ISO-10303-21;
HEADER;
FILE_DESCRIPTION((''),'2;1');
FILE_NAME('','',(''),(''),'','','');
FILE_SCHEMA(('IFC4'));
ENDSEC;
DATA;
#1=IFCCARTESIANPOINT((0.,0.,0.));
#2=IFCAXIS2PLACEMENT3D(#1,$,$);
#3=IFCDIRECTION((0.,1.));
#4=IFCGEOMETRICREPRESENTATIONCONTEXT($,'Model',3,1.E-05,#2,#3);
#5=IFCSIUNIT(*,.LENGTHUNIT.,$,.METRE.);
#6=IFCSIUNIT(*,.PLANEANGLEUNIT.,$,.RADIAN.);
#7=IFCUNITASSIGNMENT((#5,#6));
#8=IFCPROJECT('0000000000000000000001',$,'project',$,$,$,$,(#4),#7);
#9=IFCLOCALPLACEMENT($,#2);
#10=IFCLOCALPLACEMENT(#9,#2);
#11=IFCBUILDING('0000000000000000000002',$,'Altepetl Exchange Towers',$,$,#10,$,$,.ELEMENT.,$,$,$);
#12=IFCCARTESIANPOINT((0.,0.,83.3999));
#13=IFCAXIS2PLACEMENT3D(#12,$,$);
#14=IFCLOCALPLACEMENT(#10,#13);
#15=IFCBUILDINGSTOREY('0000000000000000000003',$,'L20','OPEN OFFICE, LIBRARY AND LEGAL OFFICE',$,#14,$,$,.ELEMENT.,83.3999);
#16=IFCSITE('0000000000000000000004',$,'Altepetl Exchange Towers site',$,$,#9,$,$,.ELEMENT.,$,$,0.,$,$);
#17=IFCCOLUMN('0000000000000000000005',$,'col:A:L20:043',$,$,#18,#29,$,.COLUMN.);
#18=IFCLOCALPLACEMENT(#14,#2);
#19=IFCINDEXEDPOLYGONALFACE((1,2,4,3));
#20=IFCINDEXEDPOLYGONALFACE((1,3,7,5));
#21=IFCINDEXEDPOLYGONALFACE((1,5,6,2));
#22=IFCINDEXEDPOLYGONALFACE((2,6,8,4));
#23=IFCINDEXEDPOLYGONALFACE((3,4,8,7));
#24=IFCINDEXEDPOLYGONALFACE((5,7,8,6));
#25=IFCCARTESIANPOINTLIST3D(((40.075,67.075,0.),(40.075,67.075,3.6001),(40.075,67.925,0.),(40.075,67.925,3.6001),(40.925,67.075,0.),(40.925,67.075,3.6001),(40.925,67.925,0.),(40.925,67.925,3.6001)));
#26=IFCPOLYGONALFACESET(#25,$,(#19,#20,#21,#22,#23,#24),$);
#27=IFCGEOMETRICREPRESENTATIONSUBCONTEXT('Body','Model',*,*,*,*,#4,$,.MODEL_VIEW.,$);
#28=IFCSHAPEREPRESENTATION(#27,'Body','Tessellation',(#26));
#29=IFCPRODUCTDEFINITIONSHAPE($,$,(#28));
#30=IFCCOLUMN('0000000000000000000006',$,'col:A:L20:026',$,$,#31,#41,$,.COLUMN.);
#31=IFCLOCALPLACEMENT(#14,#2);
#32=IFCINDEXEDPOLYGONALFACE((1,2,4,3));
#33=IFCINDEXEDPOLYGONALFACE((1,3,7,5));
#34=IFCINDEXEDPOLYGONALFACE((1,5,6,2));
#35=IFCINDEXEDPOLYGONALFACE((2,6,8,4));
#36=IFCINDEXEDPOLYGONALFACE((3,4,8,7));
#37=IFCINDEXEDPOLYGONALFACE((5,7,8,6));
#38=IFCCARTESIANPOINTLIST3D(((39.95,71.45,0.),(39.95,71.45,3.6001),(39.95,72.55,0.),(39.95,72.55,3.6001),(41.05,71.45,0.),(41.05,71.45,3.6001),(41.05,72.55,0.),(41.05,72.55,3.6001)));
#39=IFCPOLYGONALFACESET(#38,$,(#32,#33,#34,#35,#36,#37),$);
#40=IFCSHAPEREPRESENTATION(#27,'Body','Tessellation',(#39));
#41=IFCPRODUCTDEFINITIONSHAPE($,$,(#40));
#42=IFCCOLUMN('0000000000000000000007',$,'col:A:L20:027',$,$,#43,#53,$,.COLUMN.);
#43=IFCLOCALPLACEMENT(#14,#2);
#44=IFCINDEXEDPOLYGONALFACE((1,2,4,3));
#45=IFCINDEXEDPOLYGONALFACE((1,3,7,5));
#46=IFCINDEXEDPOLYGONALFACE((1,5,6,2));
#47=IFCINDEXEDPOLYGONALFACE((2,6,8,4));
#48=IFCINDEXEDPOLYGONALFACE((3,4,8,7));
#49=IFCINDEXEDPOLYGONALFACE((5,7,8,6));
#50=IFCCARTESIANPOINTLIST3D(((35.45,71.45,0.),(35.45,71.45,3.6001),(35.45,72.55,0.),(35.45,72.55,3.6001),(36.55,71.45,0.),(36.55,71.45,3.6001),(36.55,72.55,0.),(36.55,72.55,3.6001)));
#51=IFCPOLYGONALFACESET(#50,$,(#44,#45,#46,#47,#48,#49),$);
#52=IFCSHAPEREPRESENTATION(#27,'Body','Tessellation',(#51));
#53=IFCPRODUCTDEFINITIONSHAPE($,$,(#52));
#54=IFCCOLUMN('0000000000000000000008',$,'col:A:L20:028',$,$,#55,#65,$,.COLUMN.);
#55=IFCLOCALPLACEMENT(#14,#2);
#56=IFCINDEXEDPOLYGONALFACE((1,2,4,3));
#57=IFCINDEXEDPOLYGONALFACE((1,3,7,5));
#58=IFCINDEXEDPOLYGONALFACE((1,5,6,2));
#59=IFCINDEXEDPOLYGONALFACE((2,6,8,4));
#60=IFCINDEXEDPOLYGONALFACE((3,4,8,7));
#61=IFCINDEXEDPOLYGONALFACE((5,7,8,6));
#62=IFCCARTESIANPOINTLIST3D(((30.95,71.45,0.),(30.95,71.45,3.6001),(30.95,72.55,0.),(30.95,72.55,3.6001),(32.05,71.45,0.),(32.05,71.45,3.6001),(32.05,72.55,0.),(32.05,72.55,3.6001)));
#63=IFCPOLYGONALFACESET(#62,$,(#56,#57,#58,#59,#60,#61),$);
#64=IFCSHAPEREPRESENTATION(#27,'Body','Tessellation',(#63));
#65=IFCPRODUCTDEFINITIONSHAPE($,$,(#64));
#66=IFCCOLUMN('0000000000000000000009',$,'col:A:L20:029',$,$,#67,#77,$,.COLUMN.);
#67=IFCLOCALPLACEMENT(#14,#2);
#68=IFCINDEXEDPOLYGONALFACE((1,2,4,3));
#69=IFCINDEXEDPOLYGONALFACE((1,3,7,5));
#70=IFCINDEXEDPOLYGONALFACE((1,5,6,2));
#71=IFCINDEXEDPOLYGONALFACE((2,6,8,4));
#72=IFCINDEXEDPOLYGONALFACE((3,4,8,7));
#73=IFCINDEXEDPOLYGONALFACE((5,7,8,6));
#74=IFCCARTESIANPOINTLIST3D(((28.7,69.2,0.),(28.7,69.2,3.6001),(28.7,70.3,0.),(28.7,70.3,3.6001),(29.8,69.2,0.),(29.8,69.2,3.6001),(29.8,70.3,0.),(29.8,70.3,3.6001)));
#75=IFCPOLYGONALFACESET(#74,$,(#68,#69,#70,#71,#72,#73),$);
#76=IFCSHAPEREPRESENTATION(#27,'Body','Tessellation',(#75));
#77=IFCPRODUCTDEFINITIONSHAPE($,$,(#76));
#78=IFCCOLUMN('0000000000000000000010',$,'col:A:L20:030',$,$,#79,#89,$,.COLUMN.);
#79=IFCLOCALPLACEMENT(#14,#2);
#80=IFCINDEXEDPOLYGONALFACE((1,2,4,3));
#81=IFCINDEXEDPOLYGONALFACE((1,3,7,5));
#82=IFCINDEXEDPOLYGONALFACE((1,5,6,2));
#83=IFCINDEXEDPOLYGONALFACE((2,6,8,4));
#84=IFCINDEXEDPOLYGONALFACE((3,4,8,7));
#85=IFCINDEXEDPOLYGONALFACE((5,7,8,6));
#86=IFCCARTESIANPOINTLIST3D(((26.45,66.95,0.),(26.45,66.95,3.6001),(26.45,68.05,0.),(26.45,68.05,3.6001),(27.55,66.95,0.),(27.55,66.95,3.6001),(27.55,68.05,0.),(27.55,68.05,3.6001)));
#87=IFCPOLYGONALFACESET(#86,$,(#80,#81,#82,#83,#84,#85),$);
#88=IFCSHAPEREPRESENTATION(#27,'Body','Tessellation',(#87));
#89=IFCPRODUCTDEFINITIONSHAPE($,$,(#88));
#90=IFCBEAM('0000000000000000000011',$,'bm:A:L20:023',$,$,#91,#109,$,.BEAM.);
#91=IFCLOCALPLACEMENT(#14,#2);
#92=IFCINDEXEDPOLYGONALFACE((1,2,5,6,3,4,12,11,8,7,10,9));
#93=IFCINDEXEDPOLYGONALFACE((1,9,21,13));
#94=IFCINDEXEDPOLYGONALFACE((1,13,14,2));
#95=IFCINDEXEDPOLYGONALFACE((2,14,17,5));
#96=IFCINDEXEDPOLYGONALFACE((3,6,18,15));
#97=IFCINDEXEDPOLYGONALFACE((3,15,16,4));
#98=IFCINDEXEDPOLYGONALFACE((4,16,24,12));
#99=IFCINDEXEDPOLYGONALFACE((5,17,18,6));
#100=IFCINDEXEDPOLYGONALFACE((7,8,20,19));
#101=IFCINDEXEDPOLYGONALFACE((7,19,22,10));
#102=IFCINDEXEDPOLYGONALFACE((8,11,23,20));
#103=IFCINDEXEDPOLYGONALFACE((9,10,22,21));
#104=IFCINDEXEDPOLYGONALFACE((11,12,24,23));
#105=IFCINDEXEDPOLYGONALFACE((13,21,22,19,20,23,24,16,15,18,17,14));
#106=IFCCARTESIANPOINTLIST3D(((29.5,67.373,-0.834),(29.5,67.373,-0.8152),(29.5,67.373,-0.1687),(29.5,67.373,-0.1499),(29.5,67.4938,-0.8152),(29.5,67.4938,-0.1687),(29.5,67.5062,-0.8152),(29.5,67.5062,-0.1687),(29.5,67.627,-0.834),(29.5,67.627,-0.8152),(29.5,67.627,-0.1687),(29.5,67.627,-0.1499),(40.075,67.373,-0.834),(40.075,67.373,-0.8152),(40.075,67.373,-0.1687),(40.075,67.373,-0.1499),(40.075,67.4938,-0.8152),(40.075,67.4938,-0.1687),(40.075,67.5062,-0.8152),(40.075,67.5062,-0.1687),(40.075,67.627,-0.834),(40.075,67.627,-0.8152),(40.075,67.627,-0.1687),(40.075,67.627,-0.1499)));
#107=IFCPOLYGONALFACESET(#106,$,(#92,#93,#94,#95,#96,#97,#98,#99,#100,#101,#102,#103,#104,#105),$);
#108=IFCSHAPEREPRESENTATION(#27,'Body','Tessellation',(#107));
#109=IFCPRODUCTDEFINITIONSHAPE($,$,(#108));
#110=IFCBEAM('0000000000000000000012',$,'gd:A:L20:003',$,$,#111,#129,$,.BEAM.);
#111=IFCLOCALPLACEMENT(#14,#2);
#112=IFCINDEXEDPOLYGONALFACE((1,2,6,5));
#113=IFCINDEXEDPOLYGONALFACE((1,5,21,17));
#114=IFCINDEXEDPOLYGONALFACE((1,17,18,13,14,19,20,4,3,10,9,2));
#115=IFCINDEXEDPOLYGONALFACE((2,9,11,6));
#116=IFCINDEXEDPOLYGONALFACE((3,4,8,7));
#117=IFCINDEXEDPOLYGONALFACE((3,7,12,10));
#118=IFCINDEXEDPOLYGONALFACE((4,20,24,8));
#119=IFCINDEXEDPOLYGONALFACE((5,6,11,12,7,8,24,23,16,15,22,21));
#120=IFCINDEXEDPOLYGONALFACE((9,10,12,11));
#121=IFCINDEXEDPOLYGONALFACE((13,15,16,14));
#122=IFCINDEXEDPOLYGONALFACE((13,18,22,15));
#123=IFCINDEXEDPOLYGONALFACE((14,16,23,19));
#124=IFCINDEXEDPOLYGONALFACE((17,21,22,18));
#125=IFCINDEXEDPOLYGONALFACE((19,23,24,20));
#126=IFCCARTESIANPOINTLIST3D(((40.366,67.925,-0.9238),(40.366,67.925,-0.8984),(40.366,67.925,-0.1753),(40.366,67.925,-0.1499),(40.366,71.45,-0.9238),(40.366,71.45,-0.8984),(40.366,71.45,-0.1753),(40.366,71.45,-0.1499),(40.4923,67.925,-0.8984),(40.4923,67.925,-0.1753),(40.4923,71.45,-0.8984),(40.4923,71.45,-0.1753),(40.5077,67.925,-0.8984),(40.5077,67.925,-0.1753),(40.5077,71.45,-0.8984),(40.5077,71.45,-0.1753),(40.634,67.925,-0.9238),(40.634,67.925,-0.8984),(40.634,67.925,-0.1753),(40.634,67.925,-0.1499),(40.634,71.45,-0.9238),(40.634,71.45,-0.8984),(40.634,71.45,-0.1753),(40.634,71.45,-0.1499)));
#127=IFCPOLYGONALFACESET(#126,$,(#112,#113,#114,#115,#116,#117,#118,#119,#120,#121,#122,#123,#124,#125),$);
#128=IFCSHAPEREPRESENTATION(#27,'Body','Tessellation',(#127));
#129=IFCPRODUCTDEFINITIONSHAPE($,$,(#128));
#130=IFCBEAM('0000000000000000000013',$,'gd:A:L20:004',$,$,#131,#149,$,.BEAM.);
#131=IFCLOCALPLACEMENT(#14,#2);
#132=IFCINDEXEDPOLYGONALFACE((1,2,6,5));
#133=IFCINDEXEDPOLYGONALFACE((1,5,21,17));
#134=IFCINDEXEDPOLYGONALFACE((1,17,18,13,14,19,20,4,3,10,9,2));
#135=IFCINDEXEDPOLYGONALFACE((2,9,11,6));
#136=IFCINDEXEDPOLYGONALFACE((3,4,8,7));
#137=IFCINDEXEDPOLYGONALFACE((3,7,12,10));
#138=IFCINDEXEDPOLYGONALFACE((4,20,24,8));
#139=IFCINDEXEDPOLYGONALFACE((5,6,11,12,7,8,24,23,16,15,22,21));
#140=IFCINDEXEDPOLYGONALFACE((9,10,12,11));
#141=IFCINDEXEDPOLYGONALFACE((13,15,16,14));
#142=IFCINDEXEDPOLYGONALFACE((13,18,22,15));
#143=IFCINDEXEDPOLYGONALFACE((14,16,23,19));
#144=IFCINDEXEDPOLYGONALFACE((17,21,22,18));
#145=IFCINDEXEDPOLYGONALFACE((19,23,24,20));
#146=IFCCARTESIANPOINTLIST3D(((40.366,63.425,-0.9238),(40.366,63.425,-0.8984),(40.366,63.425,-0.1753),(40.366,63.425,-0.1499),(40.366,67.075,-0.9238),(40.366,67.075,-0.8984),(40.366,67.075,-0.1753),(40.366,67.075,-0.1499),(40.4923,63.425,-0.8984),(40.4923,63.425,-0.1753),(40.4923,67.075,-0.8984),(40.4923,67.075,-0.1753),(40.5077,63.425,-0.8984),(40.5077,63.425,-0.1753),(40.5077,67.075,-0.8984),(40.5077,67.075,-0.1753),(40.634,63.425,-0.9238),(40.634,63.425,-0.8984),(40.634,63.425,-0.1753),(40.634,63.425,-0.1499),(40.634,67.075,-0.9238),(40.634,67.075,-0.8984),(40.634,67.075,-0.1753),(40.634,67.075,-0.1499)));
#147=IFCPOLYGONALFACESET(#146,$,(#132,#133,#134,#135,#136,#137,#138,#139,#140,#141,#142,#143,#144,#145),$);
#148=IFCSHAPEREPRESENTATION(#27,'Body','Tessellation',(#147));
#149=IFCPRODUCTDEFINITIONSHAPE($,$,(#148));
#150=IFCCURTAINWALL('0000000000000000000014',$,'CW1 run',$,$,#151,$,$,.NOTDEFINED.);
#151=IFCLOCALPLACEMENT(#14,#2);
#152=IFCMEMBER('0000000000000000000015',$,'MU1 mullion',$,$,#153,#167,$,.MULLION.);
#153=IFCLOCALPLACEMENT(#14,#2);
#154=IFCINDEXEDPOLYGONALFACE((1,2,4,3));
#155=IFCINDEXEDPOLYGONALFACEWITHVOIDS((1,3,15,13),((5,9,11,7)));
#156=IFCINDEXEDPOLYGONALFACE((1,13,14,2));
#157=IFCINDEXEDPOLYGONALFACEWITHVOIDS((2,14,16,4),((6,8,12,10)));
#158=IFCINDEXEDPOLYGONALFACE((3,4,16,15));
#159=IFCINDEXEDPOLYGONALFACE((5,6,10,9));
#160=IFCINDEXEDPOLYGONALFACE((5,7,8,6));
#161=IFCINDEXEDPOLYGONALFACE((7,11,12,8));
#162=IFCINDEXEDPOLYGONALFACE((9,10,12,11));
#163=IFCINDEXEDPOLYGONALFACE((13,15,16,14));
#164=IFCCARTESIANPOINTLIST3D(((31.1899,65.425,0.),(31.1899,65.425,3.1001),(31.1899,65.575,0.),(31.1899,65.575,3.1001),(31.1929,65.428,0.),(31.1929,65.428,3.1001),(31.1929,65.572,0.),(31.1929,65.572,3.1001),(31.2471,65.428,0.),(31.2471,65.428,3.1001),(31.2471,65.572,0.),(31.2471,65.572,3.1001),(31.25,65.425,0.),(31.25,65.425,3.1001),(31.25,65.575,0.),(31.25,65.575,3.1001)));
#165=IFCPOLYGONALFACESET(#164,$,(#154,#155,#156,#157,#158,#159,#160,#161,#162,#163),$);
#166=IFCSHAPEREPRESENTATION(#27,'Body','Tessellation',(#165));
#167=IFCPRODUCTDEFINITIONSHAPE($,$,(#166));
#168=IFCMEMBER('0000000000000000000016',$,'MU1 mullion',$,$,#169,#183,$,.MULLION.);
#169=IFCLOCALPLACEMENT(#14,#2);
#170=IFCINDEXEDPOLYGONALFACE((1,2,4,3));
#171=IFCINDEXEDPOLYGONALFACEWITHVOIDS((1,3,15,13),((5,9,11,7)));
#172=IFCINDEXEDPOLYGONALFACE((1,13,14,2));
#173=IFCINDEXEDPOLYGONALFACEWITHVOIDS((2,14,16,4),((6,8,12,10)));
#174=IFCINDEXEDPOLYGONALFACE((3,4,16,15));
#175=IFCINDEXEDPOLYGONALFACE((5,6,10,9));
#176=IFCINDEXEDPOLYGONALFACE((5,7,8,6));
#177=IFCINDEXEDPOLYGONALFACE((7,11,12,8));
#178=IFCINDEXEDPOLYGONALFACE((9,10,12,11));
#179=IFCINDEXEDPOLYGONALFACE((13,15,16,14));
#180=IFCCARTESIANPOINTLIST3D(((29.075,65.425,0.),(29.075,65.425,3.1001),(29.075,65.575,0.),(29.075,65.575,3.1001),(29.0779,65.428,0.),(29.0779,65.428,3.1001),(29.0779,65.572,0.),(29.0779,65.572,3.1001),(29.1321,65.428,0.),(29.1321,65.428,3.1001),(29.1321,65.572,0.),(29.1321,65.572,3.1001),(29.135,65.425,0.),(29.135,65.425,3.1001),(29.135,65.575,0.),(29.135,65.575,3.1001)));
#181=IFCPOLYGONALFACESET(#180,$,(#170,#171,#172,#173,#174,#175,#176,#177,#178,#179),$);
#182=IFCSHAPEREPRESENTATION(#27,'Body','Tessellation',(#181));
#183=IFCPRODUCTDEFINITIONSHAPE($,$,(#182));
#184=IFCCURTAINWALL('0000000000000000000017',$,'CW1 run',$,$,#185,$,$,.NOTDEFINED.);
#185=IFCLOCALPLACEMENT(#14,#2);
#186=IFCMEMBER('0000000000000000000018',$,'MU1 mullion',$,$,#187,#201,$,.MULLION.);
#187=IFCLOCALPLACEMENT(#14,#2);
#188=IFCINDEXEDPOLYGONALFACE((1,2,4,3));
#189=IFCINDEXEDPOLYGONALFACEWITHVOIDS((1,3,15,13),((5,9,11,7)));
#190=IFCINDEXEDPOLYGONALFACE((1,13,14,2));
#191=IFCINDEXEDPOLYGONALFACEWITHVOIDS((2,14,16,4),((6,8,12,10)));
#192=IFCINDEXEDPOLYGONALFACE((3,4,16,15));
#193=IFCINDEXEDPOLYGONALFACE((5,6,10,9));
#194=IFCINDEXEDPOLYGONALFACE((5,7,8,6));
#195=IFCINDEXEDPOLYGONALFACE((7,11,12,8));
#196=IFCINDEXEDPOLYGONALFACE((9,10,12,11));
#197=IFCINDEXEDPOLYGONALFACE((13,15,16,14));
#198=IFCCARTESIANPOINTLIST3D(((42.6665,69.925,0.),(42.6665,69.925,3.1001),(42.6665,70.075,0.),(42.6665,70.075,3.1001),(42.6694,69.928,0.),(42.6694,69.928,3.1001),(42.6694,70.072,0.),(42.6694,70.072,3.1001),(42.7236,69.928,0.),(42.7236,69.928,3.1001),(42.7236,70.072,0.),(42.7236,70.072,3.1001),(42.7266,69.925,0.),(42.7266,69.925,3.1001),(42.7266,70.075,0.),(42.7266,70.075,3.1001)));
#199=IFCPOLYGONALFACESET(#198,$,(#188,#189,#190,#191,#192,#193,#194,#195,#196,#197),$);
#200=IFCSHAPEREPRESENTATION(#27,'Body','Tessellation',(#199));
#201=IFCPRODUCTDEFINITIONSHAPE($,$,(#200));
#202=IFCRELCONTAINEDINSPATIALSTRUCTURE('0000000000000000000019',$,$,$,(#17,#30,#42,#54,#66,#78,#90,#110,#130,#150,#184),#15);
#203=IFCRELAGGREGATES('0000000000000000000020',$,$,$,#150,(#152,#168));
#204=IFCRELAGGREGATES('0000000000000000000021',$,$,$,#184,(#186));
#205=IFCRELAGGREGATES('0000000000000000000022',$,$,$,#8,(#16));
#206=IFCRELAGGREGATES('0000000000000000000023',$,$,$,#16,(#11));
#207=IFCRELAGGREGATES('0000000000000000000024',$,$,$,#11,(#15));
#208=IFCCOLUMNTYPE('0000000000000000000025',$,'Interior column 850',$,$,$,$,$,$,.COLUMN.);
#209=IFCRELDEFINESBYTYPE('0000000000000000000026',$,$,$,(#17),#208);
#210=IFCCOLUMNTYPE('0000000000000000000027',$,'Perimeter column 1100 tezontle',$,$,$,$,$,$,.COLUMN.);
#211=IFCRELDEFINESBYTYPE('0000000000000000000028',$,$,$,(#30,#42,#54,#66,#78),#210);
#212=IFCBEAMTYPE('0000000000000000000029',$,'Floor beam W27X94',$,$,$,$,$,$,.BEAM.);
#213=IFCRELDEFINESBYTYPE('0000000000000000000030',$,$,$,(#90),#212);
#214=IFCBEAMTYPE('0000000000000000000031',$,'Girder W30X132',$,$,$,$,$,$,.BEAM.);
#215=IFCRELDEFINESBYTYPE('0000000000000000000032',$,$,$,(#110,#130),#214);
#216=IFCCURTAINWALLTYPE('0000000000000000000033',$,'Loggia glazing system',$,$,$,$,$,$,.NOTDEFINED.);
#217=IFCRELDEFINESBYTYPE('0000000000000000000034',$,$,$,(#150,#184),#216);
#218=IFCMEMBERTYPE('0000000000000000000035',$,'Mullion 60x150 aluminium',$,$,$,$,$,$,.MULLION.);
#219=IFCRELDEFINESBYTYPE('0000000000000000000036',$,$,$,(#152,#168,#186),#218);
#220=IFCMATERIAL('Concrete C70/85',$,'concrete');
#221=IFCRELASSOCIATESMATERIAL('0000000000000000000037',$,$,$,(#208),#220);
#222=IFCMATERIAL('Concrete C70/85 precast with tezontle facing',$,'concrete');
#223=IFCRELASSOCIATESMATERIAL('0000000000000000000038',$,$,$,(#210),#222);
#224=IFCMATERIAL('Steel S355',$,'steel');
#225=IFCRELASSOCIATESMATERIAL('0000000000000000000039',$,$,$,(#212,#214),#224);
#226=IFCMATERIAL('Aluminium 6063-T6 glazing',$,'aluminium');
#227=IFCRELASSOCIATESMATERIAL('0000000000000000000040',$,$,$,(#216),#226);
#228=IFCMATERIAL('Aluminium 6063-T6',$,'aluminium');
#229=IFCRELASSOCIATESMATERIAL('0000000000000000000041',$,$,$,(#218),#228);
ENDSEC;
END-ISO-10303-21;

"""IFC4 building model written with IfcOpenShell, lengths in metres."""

from ifc_helpers import new_model, si_unit, direction, frame, origin, origin_2d, place, context, subcontext, project, spatial, rectangle, hollow_rectangle, i_section, extrude, material, material_profile, profile_set, type_object, element, aggregate, save


model = new_model("IFC4")

# Units and contexts
model_context = context("Model", 3, precision=1e-05, world=origin(), true_north=direction((0.0, 1.0)))
body_context = subcontext(model_context, "Body", "Model", "MODEL_VIEW")
ifc_project = project(units=[si_unit("LENGTHUNIT", "METRE"), si_unit("PLANEANGLEUNIT", "RADIAN")], contexts=[model_context])

# Site, building, storey
site_placement = place(None, origin())
site = spatial("IfcSite", under=ifc_project, at=site_placement, Name="Altepetl Exchange Towers site", CompositionType="ELEMENT", RefElevation=0.0)
building_placement = place(site_placement, origin())
building = spatial("IfcBuilding", under=site, at=building_placement, Name="Altepetl Exchange Towers", CompositionType="ELEMENT")
storey_placement = place(building_placement, frame((0.0, 0.0, 83.3999)))
storey = spatial("IfcBuildingStorey", under=building, at=storey_placement, Name="L20", Description="OPEN OFFICE, LIBRARY AND LEGAL OFFICE", CompositionType="ELEMENT", Elevation=83.3999)

# Columns
ifc_material_1 = material(Name="Concrete C70/85", Category="concrete")
ifc_material_profile_1 = material_profile(ifc_material_1, rectangle(XDim=0.8501, YDim=0.8501, at=origin_2d()), Name="850 x 850")
ifc_profile_set_1 = profile_set([ifc_material_profile_1], Name="Concrete C70/85")
column_type_1 = type_object("IfcColumnType", Name="Interior column 850", PredefinedType="COLUMN", material=ifc_profile_set_1)
column_placement = place(storey_placement, frame((40.5, 67.5, 0.0)))
element("IfcColumn", 1, at=column_placement, inside=storey, type_object=column_type_1, Name="col:A:L20:043", PredefinedType="COLUMN", context=body_context, shape_type="SweptSolid", body=[
    extrude(rectangle(XDim=0.8501, YDim=0.8501, at=origin_2d()), origin(), (0.0, 0.0, 1.0), 3.6001),
])
ifc_material_2 = material(Name="Concrete C70/85 precast with tezontle facing", Category="concrete")
ifc_material_profile_2 = material_profile(ifc_material_2, rectangle(XDim=1.1001, YDim=1.1001, at=origin_2d()), Name="1100 x 1100")
ifc_profile_set_2 = profile_set([ifc_material_profile_2], Name="Concrete C70/85 precast with tezontle facing")
column_type_2 = type_object("IfcColumnType", Name="Perimeter column 1100 tezontle", PredefinedType="COLUMN", material=ifc_profile_set_2)
for number, where, name in (
    (2, (40.5, 72.0, 0.0), "col:A:L20:026"),
    (3, (36.0, 72.0, 0.0), "col:A:L20:027"),
    (4, (31.5, 72.0, 0.0), "col:A:L20:028"),
    (5, (29.25, 69.75, 0.0), "col:A:L20:029"),
    (6, (27.0, 67.5, 0.0), "col:A:L20:030"),
):
    element("IfcColumn", number, at=place(storey_placement, frame(where)), inside=storey, type_object=column_type_2, Name=name, PredefinedType="COLUMN", context=body_context, shape_type="SweptSolid", body=[
        extrude(rectangle(XDim=1.1001, YDim=1.1001, at=origin_2d()), origin(), (0.0, 0.0, 1.0), 3.6001),
    ])

# Beams
ifc_material_3 = material(Name="Steel S355", Category="steel")
ifc_material_profile_3 = material_profile(ifc_material_3, i_section(OverallWidth=0.2539, OverallDepth=0.6841, WebThickness=0.0125, FlangeThickness=0.0188, at=origin_2d()), Name="W27X94")
ifc_profile_set_3 = profile_set([ifc_material_profile_3], Name="Steel S355")
beam_type_1 = type_object("IfcBeamType", Name="Floor beam W27X94", PredefinedType="BEAM", material=ifc_profile_set_3)
beam_1_placement = place(storey_placement, frame((29.5, 67.5, -0.4919), z_axis=(1.0, 0.0, 0.0), x_axis=(0.0, 1.0, 0.0)))
element("IfcBeam", 7, at=beam_1_placement, inside=storey, type_object=beam_type_1, Name="bm:A:L20:023", PredefinedType="BEAM", context=body_context, shape_type="SweptSolid", body=[
    extrude(i_section(OverallWidth=0.2539, OverallDepth=0.6841, WebThickness=0.0125, FlangeThickness=0.0188, at=origin_2d()), origin(), (0.0, 0.0, 1.0), 10.575),
])
ifc_material_profile_4 = material_profile(ifc_material_3, i_section(OverallWidth=0.2681, OverallDepth=0.7739, WebThickness=0.0154, FlangeThickness=0.0254, at=origin_2d()), Name="W30X132")
ifc_profile_set_4 = profile_set([ifc_material_profile_4], Name="Steel S355")
beam_type_2 = type_object("IfcBeamType", Name="Girder W30X132", PredefinedType="BEAM", material=ifc_profile_set_4)
beam_2_placement = place(storey_placement, frame((40.5, 71.45, -0.5369), z_axis=(0.0, -1.0, 0.0), x_axis=(1.0, 0.0, 0.0)))
element("IfcBeam", 8, at=beam_2_placement, inside=storey, type_object=beam_type_2, Name="gd:A:L20:003", PredefinedType="BEAM", context=body_context, shape_type="SweptSolid", body=[
    extrude(i_section(OverallWidth=0.2681, OverallDepth=0.7739, WebThickness=0.0154, FlangeThickness=0.0254, at=origin_2d()), origin(), (0.0, 0.0, 1.0), 3.5249),
])
beam_3_placement = place(storey_placement, frame((40.5, 67.075, -0.5369), z_axis=(0.0, -1.0, 0.0), x_axis=(1.0, 0.0, 0.0)))
element("IfcBeam", 9, at=beam_3_placement, inside=storey, type_object=beam_type_2, Name="gd:A:L20:004", PredefinedType="BEAM", context=body_context, shape_type="SweptSolid", body=[
    extrude(i_section(OverallWidth=0.2681, OverallDepth=0.7739, WebThickness=0.0154, FlangeThickness=0.0254, at=origin_2d()), origin(), (0.0, 0.0, 1.0), 3.6499),
])

# Curtain walls, members
ifc_material_4 = material(Name="Aluminium 6063-T6 glazing", Category="aluminium")
curtain_wall_type = type_object("IfcCurtainWallType", Name="Loggia glazing system", PredefinedType="NOTDEFINED", material=ifc_material_4)
curtain_wall_1_placement = place(storey_placement, origin())
curtain_wall_1 = element("IfcCurtainWall", 10, at=curtain_wall_1_placement, inside=storey, type_object=curtain_wall_type, Name="CW1 run", PredefinedType="NOTDEFINED")
ifc_material_5 = material(Name="Aluminium 6063-T6", Category="aluminium")
ifc_material_profile_5 = material_profile(ifc_material_5, hollow_rectangle(XDim=0.0601, YDim=0.1499, WallThickness=0.0029, at=origin_2d()), Name="Mullion 60x150 aluminium")
ifc_profile_set_5 = profile_set([ifc_material_profile_5], Name="Aluminium 6063-T6")
member_type = type_object("IfcMemberType", Name="Mullion 60x150 aluminium", PredefinedType="MULLION", material=ifc_profile_set_5)
member_1_placement = place(storey_placement, frame((31.22, 65.5, 0.0), z_axis=(0.0, 0.0, 1.0), x_axis=(-1.0, 0.0, 0.0)))
member_1 = element("IfcMember", 11, at=member_1_placement, type_object=member_type, Name="MU1 mullion", PredefinedType="MULLION", context=body_context, shape_type="SweptSolid", body=[
    extrude(hollow_rectangle(XDim=0.0601, YDim=0.1499, WallThickness=0.0029, at=origin_2d()), origin(), (0.0, 0.0, 1.0), 3.1001),
])
member_2_placement = place(storey_placement, frame((29.105, 65.5, 0.0), z_axis=(0.0, 0.0, 1.0), x_axis=(-1.0, 0.0, 0.0)))
member_2 = element("IfcMember", 12, at=member_2_placement, type_object=member_type, Name="MU1 mullion", PredefinedType="MULLION", context=body_context, shape_type="SweptSolid", body=[
    extrude(hollow_rectangle(XDim=0.0601, YDim=0.1499, WallThickness=0.0029, at=origin_2d()), origin(), (0.0, 0.0, 1.0), 3.1001),
])
curtain_wall_2_placement = place(storey_placement, origin())
curtain_wall_2 = element("IfcCurtainWall", 13, at=curtain_wall_2_placement, inside=storey, type_object=curtain_wall_type, Name="CW1 run", PredefinedType="NOTDEFINED")
member_3_placement = place(storey_placement, frame((42.6965, 70.0, 0.0), z_axis=(0.0, 0.0, 1.0), x_axis=(-1.0, 0.0, 0.0)))
member_3 = element("IfcMember", 14, at=member_3_placement, type_object=member_type, Name="MU1 mullion", PredefinedType="MULLION", context=body_context, shape_type="SweptSolid", body=[
    extrude(hollow_rectangle(XDim=0.0601, YDim=0.1499, WallThickness=0.0029, at=origin_2d()), origin(), (0.0, 0.0, 1.0), 3.1001),
])

aggregate(curtain_wall_1, [member_1, member_2])
aggregate(curtain_wall_2, [member_3])

save(model, "model.ifc")
